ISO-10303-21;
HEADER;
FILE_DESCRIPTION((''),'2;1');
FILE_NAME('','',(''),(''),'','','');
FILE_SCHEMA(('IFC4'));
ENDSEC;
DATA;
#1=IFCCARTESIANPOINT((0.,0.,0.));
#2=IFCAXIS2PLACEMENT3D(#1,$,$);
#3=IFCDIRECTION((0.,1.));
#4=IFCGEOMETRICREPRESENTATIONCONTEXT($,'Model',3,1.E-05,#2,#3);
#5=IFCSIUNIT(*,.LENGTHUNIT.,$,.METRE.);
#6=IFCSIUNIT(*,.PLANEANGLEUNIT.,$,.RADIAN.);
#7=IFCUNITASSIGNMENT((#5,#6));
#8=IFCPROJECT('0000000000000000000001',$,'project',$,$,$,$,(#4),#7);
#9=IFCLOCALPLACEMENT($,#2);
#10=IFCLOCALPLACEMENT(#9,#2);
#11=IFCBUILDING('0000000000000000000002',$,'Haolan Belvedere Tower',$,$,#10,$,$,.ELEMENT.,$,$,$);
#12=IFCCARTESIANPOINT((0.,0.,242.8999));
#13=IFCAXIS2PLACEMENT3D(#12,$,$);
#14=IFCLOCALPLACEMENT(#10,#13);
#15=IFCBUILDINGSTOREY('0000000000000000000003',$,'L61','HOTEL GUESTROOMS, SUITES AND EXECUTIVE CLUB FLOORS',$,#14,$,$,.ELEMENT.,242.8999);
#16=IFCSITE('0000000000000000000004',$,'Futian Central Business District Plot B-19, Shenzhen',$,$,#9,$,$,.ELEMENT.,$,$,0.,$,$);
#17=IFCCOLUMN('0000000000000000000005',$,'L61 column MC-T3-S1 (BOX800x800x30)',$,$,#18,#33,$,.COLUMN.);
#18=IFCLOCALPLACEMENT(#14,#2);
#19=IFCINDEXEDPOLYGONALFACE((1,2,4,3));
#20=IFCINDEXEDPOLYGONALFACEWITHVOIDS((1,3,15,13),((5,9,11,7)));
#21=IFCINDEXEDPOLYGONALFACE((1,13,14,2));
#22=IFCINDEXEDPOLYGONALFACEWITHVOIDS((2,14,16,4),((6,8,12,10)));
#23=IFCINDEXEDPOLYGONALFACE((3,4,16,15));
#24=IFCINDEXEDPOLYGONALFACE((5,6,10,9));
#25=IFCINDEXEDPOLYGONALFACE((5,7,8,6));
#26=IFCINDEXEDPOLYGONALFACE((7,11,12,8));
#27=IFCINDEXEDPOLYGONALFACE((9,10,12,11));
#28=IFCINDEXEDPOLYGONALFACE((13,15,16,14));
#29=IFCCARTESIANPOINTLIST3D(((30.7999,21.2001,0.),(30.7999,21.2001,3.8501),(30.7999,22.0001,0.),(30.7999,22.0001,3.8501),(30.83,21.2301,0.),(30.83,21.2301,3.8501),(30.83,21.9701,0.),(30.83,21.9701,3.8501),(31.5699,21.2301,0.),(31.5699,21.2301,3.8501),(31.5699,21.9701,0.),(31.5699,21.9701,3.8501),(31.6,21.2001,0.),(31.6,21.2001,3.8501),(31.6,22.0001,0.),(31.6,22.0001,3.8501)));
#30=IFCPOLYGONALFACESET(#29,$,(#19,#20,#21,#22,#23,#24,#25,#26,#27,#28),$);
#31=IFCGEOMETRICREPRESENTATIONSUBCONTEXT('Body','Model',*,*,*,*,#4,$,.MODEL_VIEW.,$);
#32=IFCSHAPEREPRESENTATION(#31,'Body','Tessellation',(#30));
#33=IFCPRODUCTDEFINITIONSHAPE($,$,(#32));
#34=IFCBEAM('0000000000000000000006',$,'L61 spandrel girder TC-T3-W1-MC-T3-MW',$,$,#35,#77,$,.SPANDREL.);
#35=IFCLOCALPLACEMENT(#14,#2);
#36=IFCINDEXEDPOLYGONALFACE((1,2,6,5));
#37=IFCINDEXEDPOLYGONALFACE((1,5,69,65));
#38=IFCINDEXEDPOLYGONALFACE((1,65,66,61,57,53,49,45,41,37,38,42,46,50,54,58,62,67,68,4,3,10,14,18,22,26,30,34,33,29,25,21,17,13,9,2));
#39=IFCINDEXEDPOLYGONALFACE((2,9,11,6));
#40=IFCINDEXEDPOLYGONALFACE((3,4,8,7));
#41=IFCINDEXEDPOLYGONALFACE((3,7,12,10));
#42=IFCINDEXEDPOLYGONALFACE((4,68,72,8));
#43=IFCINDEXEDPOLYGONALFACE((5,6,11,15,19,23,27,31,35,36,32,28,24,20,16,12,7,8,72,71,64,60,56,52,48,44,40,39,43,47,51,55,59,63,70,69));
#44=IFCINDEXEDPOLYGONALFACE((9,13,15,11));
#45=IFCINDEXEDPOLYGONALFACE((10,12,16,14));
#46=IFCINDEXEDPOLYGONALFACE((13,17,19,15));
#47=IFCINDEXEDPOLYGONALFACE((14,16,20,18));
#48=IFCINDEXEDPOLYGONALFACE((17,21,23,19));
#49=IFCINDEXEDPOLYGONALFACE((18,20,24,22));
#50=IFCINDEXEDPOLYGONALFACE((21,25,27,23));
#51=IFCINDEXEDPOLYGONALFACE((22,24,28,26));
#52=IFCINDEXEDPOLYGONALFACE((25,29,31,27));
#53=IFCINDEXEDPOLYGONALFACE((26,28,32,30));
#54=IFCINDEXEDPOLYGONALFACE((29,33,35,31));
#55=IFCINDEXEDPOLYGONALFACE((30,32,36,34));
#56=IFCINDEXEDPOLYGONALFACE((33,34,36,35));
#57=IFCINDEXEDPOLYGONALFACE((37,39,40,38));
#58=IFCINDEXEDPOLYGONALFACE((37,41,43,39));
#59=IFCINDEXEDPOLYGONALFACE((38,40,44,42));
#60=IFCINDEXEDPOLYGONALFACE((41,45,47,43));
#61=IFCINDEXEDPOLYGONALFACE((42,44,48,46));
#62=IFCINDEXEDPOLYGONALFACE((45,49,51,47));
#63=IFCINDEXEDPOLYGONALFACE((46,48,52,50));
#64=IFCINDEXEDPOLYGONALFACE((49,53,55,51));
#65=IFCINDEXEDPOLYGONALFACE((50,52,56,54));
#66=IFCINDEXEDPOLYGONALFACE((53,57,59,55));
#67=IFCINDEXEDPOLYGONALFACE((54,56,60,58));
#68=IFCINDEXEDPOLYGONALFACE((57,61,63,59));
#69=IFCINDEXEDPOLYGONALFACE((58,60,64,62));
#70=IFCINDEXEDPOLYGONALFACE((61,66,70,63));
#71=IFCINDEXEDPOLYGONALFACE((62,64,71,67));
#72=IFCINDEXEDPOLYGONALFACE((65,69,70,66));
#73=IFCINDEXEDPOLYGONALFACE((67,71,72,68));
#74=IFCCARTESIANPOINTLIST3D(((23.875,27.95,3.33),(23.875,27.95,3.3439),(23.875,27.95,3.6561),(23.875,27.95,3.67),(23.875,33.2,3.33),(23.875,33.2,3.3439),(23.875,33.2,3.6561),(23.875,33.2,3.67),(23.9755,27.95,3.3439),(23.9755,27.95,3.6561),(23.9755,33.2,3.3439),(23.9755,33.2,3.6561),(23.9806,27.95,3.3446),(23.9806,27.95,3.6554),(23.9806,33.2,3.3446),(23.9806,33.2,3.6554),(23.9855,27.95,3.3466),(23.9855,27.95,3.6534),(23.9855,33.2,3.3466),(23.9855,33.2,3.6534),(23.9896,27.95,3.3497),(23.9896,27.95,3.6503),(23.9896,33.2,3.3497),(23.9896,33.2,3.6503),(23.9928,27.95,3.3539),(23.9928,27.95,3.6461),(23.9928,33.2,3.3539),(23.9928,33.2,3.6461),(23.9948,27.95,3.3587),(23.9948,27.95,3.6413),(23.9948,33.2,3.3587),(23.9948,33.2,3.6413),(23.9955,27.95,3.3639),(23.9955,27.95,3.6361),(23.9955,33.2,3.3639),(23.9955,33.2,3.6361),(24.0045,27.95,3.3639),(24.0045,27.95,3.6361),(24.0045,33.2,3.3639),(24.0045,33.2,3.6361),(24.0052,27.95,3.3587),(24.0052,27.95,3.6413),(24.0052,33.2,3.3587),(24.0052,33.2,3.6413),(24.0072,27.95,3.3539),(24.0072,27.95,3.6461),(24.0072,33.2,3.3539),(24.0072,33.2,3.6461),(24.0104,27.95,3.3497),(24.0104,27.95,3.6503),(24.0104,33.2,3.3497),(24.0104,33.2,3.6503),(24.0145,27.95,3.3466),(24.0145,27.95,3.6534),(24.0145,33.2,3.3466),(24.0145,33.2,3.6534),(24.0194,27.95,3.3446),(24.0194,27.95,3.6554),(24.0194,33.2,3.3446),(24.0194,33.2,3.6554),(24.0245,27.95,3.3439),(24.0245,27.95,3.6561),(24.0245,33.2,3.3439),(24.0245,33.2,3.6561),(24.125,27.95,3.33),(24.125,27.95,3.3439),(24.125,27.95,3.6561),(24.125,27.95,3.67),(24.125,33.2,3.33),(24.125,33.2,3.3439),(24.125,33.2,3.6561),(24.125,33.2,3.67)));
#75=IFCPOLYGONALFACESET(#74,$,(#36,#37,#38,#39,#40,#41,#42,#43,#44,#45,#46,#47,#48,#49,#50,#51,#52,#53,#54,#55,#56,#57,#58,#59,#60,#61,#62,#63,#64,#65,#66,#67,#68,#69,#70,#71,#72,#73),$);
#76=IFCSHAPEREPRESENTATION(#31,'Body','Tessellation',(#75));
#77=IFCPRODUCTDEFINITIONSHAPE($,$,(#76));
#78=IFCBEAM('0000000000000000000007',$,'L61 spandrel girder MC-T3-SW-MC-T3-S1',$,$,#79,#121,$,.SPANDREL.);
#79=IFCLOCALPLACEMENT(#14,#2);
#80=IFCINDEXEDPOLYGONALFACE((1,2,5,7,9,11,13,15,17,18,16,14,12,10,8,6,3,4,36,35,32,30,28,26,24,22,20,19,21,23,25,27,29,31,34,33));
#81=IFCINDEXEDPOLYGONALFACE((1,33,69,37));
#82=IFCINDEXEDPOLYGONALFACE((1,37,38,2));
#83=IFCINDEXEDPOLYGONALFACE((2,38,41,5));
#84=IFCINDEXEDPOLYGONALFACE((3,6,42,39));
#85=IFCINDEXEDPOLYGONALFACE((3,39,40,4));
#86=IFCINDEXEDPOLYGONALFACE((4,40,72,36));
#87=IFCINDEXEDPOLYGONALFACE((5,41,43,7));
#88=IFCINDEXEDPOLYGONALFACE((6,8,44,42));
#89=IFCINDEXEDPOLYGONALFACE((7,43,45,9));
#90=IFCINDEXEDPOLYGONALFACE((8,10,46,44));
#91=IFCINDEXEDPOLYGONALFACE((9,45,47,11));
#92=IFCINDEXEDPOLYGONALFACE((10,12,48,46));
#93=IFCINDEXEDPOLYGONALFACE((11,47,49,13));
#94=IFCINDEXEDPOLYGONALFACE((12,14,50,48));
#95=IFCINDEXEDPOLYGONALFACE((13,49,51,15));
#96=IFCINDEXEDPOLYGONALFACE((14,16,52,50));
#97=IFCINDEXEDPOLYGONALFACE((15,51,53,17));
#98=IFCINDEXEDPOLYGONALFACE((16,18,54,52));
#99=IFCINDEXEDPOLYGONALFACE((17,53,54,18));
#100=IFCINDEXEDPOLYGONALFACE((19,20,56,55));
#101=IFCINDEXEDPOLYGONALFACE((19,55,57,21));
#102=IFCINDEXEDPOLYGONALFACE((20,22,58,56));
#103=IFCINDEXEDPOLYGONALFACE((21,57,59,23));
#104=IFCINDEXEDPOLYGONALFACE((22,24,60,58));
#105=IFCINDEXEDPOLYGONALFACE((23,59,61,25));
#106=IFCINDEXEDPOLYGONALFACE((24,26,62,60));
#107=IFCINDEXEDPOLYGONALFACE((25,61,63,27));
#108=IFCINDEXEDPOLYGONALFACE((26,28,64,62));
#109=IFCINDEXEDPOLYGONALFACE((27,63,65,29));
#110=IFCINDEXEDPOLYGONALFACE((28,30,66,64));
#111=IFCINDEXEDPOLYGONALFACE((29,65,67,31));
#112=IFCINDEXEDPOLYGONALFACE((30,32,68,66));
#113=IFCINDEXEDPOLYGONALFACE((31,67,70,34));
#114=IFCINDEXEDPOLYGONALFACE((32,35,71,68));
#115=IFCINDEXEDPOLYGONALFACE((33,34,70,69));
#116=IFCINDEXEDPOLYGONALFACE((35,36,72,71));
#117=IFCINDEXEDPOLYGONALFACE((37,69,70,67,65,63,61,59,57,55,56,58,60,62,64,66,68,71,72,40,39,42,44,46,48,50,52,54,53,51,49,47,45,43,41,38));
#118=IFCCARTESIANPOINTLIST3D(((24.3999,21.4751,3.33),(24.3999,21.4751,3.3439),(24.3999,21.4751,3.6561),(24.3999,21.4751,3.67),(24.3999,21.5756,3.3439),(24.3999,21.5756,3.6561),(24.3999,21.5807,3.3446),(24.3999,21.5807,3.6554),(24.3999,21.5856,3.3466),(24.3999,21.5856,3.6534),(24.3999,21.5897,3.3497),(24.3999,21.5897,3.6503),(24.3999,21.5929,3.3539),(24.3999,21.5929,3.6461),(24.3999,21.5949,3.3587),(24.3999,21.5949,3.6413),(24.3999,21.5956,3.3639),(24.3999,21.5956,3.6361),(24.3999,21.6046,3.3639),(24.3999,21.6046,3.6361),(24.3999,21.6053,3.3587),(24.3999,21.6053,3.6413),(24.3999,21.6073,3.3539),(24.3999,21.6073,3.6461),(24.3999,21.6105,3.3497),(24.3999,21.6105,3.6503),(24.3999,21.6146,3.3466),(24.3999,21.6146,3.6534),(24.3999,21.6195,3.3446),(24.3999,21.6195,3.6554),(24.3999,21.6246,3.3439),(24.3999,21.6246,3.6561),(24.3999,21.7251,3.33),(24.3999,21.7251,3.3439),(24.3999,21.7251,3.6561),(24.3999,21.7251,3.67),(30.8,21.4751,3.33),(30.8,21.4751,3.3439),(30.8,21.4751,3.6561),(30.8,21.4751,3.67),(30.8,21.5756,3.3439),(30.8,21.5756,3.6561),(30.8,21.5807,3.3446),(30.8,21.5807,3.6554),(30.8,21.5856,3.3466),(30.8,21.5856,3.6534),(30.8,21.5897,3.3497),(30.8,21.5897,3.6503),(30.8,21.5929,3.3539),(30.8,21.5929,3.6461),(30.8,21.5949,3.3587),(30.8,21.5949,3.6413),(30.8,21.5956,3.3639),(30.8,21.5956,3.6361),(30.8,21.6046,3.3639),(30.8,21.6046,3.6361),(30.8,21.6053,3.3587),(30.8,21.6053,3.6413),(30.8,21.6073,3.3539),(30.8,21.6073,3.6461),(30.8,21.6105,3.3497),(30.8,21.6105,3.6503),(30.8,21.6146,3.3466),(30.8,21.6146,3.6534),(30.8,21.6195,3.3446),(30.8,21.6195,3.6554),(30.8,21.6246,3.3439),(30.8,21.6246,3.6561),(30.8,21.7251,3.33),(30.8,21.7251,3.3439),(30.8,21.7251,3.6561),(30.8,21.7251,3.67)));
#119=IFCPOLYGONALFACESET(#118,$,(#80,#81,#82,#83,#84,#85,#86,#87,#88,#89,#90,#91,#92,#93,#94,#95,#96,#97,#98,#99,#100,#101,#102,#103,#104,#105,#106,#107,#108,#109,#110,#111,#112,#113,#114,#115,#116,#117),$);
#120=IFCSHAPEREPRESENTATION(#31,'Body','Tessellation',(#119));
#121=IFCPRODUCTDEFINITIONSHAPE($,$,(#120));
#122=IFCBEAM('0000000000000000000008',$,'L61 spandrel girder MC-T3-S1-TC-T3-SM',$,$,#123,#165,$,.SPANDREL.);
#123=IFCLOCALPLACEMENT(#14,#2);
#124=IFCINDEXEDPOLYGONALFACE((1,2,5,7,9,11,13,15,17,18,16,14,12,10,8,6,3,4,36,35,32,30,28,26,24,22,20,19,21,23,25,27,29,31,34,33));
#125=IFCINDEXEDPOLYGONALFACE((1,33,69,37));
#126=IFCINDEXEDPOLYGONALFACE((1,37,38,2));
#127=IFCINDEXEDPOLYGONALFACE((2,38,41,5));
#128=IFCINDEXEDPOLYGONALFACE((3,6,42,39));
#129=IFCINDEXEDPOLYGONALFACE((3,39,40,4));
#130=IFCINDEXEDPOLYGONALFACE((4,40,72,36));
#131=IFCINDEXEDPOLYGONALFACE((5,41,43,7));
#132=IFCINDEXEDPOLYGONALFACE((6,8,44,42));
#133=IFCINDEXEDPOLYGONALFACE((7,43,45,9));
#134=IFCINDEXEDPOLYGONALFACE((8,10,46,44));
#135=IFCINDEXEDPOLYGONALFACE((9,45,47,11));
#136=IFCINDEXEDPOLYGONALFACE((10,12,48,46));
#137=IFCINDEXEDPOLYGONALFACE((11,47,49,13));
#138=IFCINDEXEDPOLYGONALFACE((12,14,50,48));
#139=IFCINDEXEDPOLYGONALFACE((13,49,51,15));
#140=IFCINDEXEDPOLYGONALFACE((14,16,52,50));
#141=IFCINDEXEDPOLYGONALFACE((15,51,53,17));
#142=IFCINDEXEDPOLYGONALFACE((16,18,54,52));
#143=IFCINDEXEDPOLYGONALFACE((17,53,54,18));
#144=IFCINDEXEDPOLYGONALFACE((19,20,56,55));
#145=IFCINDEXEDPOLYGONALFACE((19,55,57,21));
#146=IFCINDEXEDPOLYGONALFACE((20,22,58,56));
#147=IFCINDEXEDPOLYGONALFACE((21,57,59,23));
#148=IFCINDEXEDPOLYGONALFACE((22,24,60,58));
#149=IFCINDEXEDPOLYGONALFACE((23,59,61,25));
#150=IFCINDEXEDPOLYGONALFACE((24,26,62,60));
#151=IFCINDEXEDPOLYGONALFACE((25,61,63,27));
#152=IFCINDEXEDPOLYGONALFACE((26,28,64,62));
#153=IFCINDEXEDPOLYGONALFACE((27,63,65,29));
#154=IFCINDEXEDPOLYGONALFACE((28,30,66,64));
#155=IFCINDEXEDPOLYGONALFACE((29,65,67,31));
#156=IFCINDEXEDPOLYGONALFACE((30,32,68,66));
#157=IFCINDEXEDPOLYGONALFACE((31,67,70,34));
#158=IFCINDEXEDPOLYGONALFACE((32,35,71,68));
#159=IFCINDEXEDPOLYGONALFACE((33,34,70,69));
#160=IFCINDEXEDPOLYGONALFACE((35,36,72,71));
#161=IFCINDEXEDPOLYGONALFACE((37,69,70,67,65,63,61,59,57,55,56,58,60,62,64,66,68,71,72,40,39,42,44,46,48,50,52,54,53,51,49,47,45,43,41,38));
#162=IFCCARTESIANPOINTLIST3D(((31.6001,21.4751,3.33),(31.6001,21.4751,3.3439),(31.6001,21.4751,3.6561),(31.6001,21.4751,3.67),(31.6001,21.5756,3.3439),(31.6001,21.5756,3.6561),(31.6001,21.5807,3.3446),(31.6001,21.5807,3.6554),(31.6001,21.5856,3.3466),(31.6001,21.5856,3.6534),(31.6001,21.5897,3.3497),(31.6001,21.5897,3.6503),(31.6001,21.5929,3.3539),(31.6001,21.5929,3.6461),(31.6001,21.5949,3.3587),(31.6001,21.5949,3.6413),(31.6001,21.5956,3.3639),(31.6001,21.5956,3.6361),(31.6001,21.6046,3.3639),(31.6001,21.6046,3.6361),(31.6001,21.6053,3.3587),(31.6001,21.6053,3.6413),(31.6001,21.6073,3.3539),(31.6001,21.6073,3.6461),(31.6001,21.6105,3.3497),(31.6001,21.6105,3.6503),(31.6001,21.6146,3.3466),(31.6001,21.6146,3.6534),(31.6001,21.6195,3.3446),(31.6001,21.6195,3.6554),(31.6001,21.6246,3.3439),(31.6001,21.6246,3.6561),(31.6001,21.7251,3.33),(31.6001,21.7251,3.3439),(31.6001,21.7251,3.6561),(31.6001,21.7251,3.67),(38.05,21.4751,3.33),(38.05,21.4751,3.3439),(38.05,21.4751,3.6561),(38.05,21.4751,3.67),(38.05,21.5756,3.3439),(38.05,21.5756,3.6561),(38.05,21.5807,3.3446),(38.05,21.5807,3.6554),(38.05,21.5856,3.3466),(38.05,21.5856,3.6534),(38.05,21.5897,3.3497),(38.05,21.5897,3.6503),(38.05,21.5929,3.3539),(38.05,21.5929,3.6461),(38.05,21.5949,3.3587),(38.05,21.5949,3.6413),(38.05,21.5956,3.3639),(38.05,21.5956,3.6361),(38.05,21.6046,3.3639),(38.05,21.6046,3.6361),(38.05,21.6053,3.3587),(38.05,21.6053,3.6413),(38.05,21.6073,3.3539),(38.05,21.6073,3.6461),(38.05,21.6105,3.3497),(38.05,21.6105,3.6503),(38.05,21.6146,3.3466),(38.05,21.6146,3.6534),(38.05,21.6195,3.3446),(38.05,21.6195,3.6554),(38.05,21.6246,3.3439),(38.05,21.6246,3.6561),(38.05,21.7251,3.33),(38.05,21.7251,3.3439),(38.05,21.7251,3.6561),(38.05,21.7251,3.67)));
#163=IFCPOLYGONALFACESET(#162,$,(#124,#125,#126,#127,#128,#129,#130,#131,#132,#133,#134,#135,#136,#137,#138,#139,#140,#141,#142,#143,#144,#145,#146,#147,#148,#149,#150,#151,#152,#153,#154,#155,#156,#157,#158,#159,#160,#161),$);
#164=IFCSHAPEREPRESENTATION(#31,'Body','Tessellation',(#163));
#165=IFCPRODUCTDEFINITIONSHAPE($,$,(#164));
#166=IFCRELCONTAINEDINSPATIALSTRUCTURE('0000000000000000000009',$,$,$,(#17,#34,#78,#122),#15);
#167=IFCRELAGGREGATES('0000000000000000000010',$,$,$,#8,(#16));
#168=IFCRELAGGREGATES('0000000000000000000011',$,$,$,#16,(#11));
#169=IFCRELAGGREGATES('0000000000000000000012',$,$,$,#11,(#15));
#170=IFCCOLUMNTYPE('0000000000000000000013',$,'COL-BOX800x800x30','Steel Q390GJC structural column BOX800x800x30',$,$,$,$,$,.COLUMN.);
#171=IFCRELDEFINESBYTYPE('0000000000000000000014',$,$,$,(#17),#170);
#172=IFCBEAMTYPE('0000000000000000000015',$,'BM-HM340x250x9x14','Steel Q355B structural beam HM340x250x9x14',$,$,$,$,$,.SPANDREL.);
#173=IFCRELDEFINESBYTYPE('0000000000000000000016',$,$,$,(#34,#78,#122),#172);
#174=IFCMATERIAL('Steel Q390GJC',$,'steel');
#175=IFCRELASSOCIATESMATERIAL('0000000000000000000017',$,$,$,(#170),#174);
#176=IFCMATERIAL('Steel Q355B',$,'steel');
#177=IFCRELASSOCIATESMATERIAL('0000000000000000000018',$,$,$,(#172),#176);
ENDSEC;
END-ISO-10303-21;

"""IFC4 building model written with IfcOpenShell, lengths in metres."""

from ifc_helpers import new_model, si_unit, direction, frame, origin, origin_2d, place, context, subcontext, project, spatial, hollow_rectangle, i_section, extrude, material, material_profile, profile_set, type_object, element, save


model = new_model("IFC4")

# Units and contexts
model_context = context("Model", 3, precision=1e-05, world=origin(), true_north=direction((0.0, 1.0)))
body_context = subcontext(model_context, "Body", "Model", "MODEL_VIEW")
ifc_project = project(units=[si_unit("LENGTHUNIT", "METRE"), si_unit("PLANEANGLEUNIT", "RADIAN")], contexts=[model_context])

# Site, building, storey
site_placement = place(None, origin())
site = spatial("IfcSite", under=ifc_project, at=site_placement, Name="Futian Central Business District Plot B-19, Shenzhen", CompositionType="ELEMENT", RefElevation=0.0)
building_placement = place(site_placement, origin())
building = spatial("IfcBuilding", under=site, at=building_placement, Name="Haolan Belvedere Tower", CompositionType="ELEMENT")
storey_placement = place(building_placement, frame((0.0, 0.0, 242.8999)))
storey = spatial("IfcBuildingStorey", under=building, at=storey_placement, Name="L61", Description="HOTEL GUESTROOMS, SUITES AND EXECUTIVE CLUB FLOORS", CompositionType="ELEMENT", Elevation=242.8999)

# Column
ifc_material_1 = material(Name="Steel Q390GJC", Category="steel")
ifc_material_profile_1 = material_profile(ifc_material_1, hollow_rectangle(XDim=0.8, YDim=0.8, WallThickness=0.03, at=origin_2d()), Name="Steel Q390GJC")
ifc_profile_set_1 = profile_set([ifc_material_profile_1], Name="Steel Q390GJC")
column_type = type_object("IfcColumnType", Name="COL-BOX800x800x30", Description="Steel Q390GJC structural column BOX800x800x30", PredefinedType="COLUMN", material=ifc_profile_set_1)
column_placement = place(storey_placement, frame((31.2, 21.6001, 0.0), z_axis=(0.0, 0.0, 1.0), x_axis=(1.0, 0.0, 0.0)))
element("IfcColumn", 1, at=column_placement, inside=storey, type_object=column_type, Name="L61 column MC-T3-S1 (BOX800x800x30)", PredefinedType="COLUMN", context=body_context, shape_type="SweptSolid", body=[
    extrude(hollow_rectangle(XDim=0.8, YDim=0.8, WallThickness=0.03, at=origin_2d()), origin(), (0.0, 0.0, 1.0), 3.8501),
])

# Beams
ifc_material_2 = material(Name="Steel Q355B", Category="steel")
ifc_material_profile_2 = material_profile(ifc_material_2, i_section(OverallWidth=0.25, OverallDepth=0.3401, WebThickness=0.009, FlangeThickness=0.0139, FilletRadius=0.02, at=origin_2d()), Name="Steel Q355B")
ifc_profile_set_2 = profile_set([ifc_material_profile_2], Name="Steel Q355B")
beam_type_1 = type_object("IfcBeamType", Name="BM-HM340x250x9x14", Description="Steel Q355B structural beam HM340x250x9x14", PredefinedType="SPANDREL", material=ifc_profile_set_2)
beam_1_placement = place(storey_placement, frame((24.0, 27.95, 3.5), z_axis=(0.0, 1.0, 0.0), x_axis=(-1.0, 0.0, 0.0)))
element("IfcBeam", 2, at=beam_1_placement, inside=storey, type_object=beam_type_1, Name="L61 spandrel girder TC-T3-W1-MC-T3-MW", PredefinedType="SPANDREL", context=body_context, shape_type="SweptSolid", body=[
    extrude(i_section(OverallWidth=0.25, OverallDepth=0.3401, WebThickness=0.009, FlangeThickness=0.0139, FilletRadius=0.02, at=origin_2d()), origin(), (0.0, 0.0, 1.0), 5.25),
])
beam_2_placement = place(storey_placement, frame((24.3999, 21.6001, 3.5), z_axis=(1.0, 0.0, 0.0), x_axis=(0.0, 1.0, 0.0)))
element("IfcBeam", 3, at=beam_2_placement, inside=storey, type_object=beam_type_1, Name="L61 spandrel girder MC-T3-SW-MC-T3-S1", PredefinedType="SPANDREL", context=body_context, shape_type="SweptSolid", body=[
    extrude(i_section(OverallWidth=0.25, OverallDepth=0.3401, WebThickness=0.009, FlangeThickness=0.0139, FilletRadius=0.02, at=origin_2d()), origin(), (0.0, 0.0, 1.0), 6.4001),
])
beam_3_placement = place(storey_placement, frame((31.6001, 21.6001, 3.5), z_axis=(1.0, 0.0, 0.0), x_axis=(0.0, 1.0, 0.0)))
element("IfcBeam", 4, at=beam_3_placement, inside=storey, type_object=beam_type_1, Name="L61 spandrel girder MC-T3-S1-TC-T3-SM", PredefinedType="SPANDREL", context=body_context, shape_type="SweptSolid", body=[
    extrude(i_section(OverallWidth=0.25, OverallDepth=0.3401, WebThickness=0.009, FlangeThickness=0.0139, FilletRadius=0.02, at=origin_2d()), origin(), (0.0, 0.0, 1.0), 6.45),
])

save(model, "model.ifc")
